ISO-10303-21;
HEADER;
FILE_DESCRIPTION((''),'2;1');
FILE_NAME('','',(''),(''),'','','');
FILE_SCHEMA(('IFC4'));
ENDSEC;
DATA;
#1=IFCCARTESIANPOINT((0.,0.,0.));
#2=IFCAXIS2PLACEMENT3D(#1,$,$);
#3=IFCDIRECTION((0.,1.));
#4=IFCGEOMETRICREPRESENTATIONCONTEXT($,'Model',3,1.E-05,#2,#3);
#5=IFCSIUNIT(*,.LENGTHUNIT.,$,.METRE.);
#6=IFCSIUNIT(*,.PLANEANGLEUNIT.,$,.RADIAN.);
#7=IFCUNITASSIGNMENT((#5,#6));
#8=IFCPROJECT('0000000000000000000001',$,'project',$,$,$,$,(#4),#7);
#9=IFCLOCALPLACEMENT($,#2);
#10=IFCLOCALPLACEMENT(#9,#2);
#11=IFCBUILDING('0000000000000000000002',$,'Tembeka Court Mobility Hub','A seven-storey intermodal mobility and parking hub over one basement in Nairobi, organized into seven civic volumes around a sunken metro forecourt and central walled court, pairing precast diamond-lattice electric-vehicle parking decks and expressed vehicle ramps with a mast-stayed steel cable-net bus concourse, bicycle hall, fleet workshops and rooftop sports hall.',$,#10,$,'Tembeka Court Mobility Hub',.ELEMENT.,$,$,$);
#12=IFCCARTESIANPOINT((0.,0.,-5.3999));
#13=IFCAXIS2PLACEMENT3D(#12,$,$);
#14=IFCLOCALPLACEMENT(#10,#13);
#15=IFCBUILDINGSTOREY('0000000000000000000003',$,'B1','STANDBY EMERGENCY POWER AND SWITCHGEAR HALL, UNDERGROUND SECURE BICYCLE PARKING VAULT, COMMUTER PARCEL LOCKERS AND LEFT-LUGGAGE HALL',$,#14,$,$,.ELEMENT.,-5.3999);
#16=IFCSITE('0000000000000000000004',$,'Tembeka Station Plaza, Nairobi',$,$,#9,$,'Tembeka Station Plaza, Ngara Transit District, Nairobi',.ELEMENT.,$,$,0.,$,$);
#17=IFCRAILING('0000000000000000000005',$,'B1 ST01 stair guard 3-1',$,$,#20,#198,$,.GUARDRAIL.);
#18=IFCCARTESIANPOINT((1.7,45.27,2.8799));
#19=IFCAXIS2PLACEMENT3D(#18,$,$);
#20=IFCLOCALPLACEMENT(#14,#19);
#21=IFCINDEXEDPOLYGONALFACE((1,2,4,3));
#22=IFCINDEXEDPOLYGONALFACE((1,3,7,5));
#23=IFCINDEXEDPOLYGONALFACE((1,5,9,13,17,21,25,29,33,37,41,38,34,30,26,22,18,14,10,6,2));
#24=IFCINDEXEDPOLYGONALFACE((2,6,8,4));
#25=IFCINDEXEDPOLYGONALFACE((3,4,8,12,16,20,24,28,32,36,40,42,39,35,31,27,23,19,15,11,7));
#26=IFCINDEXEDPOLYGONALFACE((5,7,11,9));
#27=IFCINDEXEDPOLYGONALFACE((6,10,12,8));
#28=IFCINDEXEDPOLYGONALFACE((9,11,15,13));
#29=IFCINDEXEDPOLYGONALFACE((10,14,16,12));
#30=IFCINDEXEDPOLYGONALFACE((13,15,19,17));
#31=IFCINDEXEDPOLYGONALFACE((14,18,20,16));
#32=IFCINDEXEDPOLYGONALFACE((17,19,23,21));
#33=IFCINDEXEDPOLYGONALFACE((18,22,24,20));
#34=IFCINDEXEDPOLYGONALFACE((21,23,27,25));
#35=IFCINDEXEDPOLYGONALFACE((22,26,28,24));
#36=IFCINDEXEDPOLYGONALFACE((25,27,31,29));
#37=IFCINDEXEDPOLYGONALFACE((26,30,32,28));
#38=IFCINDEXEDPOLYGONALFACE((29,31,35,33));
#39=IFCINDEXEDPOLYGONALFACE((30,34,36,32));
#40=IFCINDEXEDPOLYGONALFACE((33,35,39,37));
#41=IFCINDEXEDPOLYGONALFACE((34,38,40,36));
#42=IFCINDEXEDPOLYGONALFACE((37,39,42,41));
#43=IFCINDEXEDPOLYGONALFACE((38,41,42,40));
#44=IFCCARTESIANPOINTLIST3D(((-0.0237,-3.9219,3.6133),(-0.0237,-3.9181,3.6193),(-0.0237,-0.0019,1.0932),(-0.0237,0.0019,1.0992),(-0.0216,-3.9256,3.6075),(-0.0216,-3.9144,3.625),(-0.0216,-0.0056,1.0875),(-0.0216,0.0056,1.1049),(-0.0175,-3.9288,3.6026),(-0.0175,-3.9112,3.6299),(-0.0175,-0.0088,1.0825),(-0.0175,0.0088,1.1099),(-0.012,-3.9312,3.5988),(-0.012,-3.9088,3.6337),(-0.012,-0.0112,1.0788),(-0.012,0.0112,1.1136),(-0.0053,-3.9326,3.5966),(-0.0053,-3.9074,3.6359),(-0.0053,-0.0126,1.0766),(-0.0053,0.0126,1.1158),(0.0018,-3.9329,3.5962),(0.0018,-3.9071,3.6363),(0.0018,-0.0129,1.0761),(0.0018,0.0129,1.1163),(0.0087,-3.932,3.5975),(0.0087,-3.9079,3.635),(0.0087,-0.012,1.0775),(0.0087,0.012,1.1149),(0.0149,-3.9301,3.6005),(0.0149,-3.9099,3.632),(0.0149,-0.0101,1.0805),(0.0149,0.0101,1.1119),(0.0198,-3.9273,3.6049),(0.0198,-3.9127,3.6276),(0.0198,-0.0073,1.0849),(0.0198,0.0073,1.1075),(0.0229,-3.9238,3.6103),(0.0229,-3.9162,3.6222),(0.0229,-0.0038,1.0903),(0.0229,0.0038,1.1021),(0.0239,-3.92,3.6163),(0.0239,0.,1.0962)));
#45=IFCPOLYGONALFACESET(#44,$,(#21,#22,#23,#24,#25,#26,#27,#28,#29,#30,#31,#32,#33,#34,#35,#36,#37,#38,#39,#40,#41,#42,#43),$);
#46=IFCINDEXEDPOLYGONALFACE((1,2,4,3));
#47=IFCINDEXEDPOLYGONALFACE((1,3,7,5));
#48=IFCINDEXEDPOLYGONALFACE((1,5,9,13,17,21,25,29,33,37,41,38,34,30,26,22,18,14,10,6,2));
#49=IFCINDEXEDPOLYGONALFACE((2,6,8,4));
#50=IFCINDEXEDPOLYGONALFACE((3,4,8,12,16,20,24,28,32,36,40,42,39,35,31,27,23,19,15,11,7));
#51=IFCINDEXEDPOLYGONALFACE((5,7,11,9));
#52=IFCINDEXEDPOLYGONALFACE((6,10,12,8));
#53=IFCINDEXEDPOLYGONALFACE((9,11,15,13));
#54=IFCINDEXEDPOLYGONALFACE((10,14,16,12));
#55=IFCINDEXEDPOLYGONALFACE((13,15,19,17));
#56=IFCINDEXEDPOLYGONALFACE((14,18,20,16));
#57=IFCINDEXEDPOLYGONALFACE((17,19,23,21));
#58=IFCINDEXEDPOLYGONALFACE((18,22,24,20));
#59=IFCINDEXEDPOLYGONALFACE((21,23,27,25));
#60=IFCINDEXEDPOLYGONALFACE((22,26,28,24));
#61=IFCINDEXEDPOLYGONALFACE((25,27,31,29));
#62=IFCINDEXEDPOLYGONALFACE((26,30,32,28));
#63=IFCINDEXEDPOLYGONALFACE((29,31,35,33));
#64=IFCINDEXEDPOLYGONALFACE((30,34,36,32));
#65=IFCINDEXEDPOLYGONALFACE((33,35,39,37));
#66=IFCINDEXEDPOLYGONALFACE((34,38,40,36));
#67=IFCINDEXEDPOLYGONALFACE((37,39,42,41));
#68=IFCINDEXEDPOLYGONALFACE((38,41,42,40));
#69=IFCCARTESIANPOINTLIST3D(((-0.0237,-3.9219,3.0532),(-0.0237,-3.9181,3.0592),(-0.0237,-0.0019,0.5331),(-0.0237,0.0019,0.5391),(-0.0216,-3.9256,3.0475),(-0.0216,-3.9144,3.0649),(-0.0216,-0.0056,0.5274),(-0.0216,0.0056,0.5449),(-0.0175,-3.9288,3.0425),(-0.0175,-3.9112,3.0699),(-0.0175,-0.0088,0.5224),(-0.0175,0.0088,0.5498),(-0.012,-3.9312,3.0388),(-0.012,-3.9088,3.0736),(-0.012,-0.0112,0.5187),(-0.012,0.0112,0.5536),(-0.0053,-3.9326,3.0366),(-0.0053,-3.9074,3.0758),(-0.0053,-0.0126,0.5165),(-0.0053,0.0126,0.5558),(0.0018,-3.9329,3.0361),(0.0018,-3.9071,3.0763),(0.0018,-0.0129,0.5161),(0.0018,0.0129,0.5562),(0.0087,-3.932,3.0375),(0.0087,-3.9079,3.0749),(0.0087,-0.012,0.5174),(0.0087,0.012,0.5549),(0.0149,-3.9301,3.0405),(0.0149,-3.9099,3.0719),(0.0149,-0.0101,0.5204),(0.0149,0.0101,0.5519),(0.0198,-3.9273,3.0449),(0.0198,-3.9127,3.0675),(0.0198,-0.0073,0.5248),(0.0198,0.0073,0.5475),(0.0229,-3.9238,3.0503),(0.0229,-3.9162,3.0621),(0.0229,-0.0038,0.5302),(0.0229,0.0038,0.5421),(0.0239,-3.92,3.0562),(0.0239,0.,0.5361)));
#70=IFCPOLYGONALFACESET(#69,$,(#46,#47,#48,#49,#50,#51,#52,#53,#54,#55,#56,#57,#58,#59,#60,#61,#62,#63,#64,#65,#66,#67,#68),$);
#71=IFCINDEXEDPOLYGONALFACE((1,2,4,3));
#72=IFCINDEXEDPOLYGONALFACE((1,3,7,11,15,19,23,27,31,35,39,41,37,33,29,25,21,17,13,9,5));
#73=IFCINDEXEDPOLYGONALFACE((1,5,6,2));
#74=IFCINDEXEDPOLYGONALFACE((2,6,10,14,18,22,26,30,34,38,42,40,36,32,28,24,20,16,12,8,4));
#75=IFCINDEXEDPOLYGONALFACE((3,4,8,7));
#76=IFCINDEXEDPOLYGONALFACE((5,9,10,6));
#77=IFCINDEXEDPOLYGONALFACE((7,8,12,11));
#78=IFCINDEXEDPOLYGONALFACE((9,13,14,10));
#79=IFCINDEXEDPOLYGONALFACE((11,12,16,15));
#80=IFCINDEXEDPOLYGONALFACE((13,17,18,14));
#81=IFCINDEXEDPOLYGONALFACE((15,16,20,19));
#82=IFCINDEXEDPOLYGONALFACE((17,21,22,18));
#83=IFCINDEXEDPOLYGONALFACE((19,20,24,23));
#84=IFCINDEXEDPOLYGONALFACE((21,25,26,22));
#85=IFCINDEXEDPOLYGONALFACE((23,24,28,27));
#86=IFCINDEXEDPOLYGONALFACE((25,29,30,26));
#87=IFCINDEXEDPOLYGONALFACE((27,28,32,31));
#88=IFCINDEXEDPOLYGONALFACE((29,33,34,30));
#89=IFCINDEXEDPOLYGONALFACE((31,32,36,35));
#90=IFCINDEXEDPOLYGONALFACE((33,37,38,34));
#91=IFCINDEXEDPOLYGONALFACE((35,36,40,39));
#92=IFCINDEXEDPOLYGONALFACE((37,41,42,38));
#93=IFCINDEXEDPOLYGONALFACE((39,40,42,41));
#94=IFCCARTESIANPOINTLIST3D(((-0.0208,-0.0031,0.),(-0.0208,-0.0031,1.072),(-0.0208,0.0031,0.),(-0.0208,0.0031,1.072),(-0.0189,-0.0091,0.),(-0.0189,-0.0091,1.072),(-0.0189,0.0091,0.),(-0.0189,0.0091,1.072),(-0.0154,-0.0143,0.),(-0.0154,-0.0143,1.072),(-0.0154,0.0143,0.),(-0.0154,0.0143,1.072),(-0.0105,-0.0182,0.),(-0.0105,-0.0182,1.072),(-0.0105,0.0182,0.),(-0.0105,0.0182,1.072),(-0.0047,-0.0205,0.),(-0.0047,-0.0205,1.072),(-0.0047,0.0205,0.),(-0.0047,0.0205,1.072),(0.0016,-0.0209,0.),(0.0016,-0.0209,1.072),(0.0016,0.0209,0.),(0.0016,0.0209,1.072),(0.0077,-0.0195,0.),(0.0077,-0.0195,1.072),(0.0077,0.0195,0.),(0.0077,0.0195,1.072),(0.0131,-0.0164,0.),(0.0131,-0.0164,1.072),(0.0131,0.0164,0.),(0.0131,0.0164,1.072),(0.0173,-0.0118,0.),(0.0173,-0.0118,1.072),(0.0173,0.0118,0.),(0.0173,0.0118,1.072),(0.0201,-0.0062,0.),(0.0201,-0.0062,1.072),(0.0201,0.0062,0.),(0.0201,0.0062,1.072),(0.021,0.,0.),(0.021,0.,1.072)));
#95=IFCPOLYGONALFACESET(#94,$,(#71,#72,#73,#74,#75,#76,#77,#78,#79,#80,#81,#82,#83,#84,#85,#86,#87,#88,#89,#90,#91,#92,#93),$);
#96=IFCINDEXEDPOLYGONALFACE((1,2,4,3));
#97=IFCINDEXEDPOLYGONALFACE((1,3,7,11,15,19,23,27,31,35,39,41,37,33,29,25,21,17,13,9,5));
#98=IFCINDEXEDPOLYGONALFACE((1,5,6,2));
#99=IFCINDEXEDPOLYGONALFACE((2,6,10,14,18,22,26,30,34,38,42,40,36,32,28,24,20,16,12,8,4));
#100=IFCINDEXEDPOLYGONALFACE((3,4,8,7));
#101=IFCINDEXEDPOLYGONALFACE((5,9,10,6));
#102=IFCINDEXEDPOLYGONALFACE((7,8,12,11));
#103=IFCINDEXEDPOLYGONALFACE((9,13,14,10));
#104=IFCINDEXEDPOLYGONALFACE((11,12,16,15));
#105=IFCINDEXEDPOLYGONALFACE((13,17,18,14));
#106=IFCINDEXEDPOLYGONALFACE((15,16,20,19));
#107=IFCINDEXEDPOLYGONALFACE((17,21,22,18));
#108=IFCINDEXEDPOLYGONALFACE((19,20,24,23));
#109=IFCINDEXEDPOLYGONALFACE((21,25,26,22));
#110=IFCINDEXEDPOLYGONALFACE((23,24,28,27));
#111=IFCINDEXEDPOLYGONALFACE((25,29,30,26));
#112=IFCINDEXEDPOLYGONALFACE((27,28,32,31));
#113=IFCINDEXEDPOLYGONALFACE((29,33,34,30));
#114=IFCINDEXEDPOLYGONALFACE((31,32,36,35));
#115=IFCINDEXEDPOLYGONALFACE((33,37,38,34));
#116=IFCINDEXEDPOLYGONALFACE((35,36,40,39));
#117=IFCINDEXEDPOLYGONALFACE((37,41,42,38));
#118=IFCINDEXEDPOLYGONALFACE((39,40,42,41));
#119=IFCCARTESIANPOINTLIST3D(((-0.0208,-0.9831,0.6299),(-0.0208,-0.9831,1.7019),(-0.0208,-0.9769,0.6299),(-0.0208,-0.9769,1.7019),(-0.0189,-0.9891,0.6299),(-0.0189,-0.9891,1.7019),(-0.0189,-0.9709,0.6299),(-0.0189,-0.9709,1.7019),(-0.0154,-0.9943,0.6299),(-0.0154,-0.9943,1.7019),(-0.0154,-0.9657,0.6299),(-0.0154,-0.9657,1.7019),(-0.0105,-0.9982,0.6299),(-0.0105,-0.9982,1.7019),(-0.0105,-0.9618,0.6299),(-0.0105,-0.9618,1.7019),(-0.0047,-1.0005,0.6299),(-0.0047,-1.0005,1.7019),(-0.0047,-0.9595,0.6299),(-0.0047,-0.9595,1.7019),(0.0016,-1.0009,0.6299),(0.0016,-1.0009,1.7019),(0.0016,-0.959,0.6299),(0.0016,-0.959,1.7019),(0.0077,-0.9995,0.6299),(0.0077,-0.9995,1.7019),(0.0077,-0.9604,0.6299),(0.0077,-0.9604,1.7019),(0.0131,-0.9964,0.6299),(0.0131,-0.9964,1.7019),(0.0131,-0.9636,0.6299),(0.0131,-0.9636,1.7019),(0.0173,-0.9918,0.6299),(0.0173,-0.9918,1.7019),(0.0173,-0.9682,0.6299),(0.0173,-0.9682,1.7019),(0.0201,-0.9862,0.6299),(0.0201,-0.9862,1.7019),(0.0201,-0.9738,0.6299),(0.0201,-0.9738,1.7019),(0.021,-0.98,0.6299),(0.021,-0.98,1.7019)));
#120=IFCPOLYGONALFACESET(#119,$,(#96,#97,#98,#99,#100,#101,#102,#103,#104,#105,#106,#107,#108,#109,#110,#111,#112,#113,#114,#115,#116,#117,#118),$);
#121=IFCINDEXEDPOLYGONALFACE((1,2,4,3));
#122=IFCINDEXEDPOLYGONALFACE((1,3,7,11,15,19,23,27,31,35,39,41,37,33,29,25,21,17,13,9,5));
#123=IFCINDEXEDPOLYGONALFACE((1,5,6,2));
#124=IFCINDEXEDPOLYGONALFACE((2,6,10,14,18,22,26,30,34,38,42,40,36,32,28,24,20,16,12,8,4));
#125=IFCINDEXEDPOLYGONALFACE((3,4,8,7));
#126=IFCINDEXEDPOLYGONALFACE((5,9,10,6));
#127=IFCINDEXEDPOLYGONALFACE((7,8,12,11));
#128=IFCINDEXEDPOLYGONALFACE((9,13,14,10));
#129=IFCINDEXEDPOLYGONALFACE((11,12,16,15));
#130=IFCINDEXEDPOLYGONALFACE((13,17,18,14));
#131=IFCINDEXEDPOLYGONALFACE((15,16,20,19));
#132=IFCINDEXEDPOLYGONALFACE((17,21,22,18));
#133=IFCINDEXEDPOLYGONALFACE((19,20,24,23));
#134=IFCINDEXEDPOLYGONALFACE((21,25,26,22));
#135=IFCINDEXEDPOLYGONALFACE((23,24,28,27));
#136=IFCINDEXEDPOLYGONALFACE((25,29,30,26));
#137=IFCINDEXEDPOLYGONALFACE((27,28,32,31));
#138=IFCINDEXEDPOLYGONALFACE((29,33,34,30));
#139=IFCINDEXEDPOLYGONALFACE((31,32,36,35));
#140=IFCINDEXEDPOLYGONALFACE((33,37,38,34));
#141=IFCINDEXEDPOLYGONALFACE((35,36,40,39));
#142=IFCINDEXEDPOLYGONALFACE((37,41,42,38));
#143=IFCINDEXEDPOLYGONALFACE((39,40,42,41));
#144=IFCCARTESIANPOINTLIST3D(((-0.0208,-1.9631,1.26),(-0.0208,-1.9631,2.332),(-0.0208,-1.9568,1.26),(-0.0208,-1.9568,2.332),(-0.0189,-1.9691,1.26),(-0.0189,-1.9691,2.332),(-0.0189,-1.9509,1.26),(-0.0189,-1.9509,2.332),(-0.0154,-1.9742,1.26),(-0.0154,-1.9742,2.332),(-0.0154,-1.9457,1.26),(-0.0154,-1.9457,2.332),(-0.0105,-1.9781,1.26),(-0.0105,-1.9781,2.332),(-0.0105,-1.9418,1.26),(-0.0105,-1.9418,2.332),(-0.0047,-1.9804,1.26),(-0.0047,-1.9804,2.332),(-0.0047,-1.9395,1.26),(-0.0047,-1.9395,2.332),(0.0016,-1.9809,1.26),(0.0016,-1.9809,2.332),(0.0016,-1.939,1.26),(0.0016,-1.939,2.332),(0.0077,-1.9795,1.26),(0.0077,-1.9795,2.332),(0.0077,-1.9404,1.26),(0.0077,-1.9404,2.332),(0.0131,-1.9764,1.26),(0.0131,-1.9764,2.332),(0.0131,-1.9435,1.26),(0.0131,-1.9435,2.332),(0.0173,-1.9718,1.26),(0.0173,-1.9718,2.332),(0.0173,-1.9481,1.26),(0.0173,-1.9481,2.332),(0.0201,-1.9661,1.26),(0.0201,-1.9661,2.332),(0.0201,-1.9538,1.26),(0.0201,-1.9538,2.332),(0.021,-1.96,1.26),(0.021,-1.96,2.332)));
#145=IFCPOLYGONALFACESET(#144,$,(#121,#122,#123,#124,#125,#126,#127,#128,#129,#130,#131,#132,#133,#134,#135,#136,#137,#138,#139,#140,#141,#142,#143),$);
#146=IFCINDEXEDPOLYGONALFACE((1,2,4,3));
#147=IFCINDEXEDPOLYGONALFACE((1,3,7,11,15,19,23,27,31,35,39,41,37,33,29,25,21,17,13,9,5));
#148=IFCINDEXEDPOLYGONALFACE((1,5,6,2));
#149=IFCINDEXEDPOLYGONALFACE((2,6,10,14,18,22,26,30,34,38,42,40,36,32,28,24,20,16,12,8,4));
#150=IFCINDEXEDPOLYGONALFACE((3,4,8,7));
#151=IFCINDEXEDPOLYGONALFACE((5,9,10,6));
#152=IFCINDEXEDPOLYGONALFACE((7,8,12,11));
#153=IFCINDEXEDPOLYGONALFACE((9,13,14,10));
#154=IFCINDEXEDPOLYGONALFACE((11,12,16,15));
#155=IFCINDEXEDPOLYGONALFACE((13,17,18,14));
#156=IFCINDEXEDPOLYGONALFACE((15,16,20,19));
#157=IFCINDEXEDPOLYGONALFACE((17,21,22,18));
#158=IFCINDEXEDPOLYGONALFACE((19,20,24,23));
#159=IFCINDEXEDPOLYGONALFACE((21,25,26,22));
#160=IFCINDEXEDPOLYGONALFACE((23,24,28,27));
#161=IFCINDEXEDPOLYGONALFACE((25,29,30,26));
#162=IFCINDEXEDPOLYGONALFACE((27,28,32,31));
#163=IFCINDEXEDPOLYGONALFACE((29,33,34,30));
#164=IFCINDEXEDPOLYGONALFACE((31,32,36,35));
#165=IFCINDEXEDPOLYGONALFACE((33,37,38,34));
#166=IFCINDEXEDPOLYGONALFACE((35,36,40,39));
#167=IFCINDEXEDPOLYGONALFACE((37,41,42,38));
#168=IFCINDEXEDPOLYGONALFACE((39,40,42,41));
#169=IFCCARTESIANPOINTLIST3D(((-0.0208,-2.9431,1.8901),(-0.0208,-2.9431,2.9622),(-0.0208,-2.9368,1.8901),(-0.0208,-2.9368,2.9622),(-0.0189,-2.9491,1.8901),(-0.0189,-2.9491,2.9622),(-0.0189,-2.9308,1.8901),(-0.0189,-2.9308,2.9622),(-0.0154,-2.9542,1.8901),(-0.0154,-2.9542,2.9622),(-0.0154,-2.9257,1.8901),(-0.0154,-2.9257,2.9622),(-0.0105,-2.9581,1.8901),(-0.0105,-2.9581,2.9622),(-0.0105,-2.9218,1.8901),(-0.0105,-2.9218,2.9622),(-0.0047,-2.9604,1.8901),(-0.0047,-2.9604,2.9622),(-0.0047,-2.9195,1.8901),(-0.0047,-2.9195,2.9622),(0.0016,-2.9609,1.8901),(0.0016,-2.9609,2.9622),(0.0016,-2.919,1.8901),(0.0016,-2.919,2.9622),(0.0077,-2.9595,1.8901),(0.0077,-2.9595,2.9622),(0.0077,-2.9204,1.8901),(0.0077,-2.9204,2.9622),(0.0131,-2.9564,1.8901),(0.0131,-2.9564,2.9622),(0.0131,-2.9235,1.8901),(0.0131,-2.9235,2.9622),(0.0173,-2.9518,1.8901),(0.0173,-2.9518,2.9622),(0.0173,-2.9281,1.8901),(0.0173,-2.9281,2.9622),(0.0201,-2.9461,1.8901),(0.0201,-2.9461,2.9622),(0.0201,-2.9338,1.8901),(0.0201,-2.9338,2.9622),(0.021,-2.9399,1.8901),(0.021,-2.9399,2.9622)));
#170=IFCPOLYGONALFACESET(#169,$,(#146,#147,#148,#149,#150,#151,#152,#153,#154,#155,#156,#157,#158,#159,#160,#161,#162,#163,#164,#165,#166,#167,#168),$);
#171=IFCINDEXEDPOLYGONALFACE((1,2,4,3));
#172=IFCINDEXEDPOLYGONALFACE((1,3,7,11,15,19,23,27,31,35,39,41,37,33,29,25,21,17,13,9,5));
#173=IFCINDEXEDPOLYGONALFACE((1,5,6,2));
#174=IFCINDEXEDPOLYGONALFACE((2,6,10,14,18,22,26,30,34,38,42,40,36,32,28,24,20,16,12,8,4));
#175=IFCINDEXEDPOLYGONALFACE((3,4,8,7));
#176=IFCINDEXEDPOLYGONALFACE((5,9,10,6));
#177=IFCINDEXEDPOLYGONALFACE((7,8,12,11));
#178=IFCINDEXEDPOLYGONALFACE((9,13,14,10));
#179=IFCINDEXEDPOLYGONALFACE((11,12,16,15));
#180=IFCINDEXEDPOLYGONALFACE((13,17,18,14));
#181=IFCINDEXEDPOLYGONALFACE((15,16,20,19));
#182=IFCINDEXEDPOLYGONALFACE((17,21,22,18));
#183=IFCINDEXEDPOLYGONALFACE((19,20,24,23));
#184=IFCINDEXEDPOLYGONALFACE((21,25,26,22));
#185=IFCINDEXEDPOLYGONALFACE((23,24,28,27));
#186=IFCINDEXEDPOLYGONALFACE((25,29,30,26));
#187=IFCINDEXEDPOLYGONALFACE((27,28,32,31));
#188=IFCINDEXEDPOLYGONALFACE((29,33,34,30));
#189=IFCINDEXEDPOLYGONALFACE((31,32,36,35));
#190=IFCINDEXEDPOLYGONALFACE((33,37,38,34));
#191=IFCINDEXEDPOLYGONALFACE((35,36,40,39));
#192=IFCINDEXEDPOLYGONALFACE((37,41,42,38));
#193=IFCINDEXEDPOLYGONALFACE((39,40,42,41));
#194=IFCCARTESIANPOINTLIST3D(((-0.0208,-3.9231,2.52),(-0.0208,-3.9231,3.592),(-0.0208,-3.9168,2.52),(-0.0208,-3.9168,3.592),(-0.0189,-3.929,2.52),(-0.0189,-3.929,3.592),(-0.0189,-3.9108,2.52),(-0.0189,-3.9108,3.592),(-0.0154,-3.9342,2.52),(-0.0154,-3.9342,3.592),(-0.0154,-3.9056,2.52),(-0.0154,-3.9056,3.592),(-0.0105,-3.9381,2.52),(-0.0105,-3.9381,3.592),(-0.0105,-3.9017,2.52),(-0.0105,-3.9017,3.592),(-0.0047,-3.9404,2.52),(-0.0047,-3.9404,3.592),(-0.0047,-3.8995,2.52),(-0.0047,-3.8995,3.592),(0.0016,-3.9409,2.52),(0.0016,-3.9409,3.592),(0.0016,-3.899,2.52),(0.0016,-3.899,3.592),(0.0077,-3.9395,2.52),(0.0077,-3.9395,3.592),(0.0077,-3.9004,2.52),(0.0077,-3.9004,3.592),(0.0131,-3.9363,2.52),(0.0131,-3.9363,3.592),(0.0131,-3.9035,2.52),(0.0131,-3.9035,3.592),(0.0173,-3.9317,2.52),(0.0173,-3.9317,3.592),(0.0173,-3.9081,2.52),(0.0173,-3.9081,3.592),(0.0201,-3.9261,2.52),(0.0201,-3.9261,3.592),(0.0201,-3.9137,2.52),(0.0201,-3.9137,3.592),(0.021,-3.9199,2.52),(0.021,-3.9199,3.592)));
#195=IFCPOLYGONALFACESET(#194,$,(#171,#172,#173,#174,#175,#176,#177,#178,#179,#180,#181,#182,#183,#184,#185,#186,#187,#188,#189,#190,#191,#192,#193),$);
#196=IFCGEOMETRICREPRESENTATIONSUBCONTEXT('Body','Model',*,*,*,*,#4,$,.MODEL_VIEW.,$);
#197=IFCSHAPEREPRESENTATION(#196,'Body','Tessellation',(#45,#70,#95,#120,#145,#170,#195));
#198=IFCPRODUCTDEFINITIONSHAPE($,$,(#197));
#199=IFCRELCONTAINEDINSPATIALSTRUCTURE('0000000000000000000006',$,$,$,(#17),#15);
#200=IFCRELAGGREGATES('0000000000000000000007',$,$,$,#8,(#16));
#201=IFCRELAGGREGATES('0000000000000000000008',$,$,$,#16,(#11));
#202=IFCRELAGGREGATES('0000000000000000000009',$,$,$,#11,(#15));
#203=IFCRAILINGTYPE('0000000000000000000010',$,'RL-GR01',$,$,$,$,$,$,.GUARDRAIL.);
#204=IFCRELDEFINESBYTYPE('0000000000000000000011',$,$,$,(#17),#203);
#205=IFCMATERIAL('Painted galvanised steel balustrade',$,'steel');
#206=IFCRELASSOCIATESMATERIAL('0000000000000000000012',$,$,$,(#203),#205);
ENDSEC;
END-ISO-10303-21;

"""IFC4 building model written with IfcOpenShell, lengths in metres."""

from ifc_helpers import new_model, si_unit, direction, frame, origin, origin_2d, place, context, subcontext, project, spatial, circle, extrude, material, type_object, element, save


model = new_model("IFC4")

# Units and contexts
model_context = context("Model", 3, precision=1e-05, world=origin(), true_north=direction((0.0, 1.0)))
body_context = subcontext(model_context, "Body", "Model", "MODEL_VIEW")
ifc_project = project(units=[si_unit("LENGTHUNIT", "METRE"), si_unit("PLANEANGLEUNIT", "RADIAN")], contexts=[model_context])

# Site, building, storey
site_placement = place(None, origin())
site = spatial("IfcSite", under=ifc_project, at=site_placement, Name="Tembeka Station Plaza, Nairobi", LongName="Tembeka Station Plaza, Ngara Transit District, Nairobi", CompositionType="ELEMENT", RefElevation=0.0)
building_placement = place(site_placement, origin())
building = spatial("IfcBuilding", under=site, at=building_placement, Name="Tembeka Court Mobility Hub", Description="A seven-storey intermodal mobility and parking hub over one basement in Nairobi, organized into seven civic volumes around a sunken metro forecourt and central walled court, pairing precast diamond-lattice electric-vehicle parking decks and expressed vehicle ramps with a mast-stayed steel cable-net bus concourse, bicycle hall, fleet workshops and rooftop sports hall.", LongName="Tembeka Court Mobility Hub", CompositionType="ELEMENT")
storey_placement = place(building_placement, frame((0.0, 0.0, -5.3999)))
storey = spatial("IfcBuildingStorey", under=building, at=storey_placement, Name="B1", Description="STANDBY EMERGENCY POWER AND SWITCHGEAR HALL, UNDERGROUND SECURE BICYCLE PARKING VAULT, COMMUTER PARCEL LOCKERS AND LEFT-LUGGAGE HALL", CompositionType="ELEMENT", Elevation=-5.3999)

# Railing
ifc_material_1 = material(Name="Painted galvanised steel balustrade", Category="steel")
railing_type_1 = type_object("IfcRailingType", Name="RL-GR01", PredefinedType="GUARDRAIL", material=ifc_material_1)
railing_1_placement = place(storey_placement, frame((1.7, 45.27, 2.8799)))
element("IfcRailing", 1, at=railing_1_placement, inside=storey, type_object=railing_type_1, Name="B1 ST01 stair guard 3-1", PredefinedType="GUARDRAIL", context=body_context, shape_type="SweptSolid", body=[
    extrude(circle(Radius=0.0239, at=origin_2d()), frame((0.0, 0.0, 1.0962), z_axis=(0.0, -0.841172, 0.540768), x_axis=(1.0, 0.0, 0.0)), (0.0, 0.0, 1.0), 4.6602),
    extrude(circle(Radius=0.0239, at=origin_2d()), frame((0.0, 0.0, 0.5361), z_axis=(0.0, -0.841172, 0.540768), x_axis=(1.0, 0.0, 0.0)), (0.0, 0.0, 1.0), 4.6602),
    extrude(circle(Radius=0.021, at=origin_2d()), origin(), (0.0, 0.0, 1.0), 1.072),
    extrude(circle(Radius=0.021, at=origin_2d()), frame((0.0, -0.98, 0.6299)), (0.0, 0.0, 1.0), 1.072),
    extrude(circle(Radius=0.021, at=origin_2d()), frame((0.0, -1.96, 1.26)), (0.0, 0.0, 1.0), 1.072),
    extrude(circle(Radius=0.021, at=origin_2d()), frame((0.0, -2.9399, 1.8901)), (0.0, 0.0, 1.0), 1.072),
    extrude(circle(Radius=0.021, at=origin_2d()), frame((0.0, -3.9199, 2.52)), (0.0, 0.0, 1.0), 1.072),
])

save(model, "model.ifc")
